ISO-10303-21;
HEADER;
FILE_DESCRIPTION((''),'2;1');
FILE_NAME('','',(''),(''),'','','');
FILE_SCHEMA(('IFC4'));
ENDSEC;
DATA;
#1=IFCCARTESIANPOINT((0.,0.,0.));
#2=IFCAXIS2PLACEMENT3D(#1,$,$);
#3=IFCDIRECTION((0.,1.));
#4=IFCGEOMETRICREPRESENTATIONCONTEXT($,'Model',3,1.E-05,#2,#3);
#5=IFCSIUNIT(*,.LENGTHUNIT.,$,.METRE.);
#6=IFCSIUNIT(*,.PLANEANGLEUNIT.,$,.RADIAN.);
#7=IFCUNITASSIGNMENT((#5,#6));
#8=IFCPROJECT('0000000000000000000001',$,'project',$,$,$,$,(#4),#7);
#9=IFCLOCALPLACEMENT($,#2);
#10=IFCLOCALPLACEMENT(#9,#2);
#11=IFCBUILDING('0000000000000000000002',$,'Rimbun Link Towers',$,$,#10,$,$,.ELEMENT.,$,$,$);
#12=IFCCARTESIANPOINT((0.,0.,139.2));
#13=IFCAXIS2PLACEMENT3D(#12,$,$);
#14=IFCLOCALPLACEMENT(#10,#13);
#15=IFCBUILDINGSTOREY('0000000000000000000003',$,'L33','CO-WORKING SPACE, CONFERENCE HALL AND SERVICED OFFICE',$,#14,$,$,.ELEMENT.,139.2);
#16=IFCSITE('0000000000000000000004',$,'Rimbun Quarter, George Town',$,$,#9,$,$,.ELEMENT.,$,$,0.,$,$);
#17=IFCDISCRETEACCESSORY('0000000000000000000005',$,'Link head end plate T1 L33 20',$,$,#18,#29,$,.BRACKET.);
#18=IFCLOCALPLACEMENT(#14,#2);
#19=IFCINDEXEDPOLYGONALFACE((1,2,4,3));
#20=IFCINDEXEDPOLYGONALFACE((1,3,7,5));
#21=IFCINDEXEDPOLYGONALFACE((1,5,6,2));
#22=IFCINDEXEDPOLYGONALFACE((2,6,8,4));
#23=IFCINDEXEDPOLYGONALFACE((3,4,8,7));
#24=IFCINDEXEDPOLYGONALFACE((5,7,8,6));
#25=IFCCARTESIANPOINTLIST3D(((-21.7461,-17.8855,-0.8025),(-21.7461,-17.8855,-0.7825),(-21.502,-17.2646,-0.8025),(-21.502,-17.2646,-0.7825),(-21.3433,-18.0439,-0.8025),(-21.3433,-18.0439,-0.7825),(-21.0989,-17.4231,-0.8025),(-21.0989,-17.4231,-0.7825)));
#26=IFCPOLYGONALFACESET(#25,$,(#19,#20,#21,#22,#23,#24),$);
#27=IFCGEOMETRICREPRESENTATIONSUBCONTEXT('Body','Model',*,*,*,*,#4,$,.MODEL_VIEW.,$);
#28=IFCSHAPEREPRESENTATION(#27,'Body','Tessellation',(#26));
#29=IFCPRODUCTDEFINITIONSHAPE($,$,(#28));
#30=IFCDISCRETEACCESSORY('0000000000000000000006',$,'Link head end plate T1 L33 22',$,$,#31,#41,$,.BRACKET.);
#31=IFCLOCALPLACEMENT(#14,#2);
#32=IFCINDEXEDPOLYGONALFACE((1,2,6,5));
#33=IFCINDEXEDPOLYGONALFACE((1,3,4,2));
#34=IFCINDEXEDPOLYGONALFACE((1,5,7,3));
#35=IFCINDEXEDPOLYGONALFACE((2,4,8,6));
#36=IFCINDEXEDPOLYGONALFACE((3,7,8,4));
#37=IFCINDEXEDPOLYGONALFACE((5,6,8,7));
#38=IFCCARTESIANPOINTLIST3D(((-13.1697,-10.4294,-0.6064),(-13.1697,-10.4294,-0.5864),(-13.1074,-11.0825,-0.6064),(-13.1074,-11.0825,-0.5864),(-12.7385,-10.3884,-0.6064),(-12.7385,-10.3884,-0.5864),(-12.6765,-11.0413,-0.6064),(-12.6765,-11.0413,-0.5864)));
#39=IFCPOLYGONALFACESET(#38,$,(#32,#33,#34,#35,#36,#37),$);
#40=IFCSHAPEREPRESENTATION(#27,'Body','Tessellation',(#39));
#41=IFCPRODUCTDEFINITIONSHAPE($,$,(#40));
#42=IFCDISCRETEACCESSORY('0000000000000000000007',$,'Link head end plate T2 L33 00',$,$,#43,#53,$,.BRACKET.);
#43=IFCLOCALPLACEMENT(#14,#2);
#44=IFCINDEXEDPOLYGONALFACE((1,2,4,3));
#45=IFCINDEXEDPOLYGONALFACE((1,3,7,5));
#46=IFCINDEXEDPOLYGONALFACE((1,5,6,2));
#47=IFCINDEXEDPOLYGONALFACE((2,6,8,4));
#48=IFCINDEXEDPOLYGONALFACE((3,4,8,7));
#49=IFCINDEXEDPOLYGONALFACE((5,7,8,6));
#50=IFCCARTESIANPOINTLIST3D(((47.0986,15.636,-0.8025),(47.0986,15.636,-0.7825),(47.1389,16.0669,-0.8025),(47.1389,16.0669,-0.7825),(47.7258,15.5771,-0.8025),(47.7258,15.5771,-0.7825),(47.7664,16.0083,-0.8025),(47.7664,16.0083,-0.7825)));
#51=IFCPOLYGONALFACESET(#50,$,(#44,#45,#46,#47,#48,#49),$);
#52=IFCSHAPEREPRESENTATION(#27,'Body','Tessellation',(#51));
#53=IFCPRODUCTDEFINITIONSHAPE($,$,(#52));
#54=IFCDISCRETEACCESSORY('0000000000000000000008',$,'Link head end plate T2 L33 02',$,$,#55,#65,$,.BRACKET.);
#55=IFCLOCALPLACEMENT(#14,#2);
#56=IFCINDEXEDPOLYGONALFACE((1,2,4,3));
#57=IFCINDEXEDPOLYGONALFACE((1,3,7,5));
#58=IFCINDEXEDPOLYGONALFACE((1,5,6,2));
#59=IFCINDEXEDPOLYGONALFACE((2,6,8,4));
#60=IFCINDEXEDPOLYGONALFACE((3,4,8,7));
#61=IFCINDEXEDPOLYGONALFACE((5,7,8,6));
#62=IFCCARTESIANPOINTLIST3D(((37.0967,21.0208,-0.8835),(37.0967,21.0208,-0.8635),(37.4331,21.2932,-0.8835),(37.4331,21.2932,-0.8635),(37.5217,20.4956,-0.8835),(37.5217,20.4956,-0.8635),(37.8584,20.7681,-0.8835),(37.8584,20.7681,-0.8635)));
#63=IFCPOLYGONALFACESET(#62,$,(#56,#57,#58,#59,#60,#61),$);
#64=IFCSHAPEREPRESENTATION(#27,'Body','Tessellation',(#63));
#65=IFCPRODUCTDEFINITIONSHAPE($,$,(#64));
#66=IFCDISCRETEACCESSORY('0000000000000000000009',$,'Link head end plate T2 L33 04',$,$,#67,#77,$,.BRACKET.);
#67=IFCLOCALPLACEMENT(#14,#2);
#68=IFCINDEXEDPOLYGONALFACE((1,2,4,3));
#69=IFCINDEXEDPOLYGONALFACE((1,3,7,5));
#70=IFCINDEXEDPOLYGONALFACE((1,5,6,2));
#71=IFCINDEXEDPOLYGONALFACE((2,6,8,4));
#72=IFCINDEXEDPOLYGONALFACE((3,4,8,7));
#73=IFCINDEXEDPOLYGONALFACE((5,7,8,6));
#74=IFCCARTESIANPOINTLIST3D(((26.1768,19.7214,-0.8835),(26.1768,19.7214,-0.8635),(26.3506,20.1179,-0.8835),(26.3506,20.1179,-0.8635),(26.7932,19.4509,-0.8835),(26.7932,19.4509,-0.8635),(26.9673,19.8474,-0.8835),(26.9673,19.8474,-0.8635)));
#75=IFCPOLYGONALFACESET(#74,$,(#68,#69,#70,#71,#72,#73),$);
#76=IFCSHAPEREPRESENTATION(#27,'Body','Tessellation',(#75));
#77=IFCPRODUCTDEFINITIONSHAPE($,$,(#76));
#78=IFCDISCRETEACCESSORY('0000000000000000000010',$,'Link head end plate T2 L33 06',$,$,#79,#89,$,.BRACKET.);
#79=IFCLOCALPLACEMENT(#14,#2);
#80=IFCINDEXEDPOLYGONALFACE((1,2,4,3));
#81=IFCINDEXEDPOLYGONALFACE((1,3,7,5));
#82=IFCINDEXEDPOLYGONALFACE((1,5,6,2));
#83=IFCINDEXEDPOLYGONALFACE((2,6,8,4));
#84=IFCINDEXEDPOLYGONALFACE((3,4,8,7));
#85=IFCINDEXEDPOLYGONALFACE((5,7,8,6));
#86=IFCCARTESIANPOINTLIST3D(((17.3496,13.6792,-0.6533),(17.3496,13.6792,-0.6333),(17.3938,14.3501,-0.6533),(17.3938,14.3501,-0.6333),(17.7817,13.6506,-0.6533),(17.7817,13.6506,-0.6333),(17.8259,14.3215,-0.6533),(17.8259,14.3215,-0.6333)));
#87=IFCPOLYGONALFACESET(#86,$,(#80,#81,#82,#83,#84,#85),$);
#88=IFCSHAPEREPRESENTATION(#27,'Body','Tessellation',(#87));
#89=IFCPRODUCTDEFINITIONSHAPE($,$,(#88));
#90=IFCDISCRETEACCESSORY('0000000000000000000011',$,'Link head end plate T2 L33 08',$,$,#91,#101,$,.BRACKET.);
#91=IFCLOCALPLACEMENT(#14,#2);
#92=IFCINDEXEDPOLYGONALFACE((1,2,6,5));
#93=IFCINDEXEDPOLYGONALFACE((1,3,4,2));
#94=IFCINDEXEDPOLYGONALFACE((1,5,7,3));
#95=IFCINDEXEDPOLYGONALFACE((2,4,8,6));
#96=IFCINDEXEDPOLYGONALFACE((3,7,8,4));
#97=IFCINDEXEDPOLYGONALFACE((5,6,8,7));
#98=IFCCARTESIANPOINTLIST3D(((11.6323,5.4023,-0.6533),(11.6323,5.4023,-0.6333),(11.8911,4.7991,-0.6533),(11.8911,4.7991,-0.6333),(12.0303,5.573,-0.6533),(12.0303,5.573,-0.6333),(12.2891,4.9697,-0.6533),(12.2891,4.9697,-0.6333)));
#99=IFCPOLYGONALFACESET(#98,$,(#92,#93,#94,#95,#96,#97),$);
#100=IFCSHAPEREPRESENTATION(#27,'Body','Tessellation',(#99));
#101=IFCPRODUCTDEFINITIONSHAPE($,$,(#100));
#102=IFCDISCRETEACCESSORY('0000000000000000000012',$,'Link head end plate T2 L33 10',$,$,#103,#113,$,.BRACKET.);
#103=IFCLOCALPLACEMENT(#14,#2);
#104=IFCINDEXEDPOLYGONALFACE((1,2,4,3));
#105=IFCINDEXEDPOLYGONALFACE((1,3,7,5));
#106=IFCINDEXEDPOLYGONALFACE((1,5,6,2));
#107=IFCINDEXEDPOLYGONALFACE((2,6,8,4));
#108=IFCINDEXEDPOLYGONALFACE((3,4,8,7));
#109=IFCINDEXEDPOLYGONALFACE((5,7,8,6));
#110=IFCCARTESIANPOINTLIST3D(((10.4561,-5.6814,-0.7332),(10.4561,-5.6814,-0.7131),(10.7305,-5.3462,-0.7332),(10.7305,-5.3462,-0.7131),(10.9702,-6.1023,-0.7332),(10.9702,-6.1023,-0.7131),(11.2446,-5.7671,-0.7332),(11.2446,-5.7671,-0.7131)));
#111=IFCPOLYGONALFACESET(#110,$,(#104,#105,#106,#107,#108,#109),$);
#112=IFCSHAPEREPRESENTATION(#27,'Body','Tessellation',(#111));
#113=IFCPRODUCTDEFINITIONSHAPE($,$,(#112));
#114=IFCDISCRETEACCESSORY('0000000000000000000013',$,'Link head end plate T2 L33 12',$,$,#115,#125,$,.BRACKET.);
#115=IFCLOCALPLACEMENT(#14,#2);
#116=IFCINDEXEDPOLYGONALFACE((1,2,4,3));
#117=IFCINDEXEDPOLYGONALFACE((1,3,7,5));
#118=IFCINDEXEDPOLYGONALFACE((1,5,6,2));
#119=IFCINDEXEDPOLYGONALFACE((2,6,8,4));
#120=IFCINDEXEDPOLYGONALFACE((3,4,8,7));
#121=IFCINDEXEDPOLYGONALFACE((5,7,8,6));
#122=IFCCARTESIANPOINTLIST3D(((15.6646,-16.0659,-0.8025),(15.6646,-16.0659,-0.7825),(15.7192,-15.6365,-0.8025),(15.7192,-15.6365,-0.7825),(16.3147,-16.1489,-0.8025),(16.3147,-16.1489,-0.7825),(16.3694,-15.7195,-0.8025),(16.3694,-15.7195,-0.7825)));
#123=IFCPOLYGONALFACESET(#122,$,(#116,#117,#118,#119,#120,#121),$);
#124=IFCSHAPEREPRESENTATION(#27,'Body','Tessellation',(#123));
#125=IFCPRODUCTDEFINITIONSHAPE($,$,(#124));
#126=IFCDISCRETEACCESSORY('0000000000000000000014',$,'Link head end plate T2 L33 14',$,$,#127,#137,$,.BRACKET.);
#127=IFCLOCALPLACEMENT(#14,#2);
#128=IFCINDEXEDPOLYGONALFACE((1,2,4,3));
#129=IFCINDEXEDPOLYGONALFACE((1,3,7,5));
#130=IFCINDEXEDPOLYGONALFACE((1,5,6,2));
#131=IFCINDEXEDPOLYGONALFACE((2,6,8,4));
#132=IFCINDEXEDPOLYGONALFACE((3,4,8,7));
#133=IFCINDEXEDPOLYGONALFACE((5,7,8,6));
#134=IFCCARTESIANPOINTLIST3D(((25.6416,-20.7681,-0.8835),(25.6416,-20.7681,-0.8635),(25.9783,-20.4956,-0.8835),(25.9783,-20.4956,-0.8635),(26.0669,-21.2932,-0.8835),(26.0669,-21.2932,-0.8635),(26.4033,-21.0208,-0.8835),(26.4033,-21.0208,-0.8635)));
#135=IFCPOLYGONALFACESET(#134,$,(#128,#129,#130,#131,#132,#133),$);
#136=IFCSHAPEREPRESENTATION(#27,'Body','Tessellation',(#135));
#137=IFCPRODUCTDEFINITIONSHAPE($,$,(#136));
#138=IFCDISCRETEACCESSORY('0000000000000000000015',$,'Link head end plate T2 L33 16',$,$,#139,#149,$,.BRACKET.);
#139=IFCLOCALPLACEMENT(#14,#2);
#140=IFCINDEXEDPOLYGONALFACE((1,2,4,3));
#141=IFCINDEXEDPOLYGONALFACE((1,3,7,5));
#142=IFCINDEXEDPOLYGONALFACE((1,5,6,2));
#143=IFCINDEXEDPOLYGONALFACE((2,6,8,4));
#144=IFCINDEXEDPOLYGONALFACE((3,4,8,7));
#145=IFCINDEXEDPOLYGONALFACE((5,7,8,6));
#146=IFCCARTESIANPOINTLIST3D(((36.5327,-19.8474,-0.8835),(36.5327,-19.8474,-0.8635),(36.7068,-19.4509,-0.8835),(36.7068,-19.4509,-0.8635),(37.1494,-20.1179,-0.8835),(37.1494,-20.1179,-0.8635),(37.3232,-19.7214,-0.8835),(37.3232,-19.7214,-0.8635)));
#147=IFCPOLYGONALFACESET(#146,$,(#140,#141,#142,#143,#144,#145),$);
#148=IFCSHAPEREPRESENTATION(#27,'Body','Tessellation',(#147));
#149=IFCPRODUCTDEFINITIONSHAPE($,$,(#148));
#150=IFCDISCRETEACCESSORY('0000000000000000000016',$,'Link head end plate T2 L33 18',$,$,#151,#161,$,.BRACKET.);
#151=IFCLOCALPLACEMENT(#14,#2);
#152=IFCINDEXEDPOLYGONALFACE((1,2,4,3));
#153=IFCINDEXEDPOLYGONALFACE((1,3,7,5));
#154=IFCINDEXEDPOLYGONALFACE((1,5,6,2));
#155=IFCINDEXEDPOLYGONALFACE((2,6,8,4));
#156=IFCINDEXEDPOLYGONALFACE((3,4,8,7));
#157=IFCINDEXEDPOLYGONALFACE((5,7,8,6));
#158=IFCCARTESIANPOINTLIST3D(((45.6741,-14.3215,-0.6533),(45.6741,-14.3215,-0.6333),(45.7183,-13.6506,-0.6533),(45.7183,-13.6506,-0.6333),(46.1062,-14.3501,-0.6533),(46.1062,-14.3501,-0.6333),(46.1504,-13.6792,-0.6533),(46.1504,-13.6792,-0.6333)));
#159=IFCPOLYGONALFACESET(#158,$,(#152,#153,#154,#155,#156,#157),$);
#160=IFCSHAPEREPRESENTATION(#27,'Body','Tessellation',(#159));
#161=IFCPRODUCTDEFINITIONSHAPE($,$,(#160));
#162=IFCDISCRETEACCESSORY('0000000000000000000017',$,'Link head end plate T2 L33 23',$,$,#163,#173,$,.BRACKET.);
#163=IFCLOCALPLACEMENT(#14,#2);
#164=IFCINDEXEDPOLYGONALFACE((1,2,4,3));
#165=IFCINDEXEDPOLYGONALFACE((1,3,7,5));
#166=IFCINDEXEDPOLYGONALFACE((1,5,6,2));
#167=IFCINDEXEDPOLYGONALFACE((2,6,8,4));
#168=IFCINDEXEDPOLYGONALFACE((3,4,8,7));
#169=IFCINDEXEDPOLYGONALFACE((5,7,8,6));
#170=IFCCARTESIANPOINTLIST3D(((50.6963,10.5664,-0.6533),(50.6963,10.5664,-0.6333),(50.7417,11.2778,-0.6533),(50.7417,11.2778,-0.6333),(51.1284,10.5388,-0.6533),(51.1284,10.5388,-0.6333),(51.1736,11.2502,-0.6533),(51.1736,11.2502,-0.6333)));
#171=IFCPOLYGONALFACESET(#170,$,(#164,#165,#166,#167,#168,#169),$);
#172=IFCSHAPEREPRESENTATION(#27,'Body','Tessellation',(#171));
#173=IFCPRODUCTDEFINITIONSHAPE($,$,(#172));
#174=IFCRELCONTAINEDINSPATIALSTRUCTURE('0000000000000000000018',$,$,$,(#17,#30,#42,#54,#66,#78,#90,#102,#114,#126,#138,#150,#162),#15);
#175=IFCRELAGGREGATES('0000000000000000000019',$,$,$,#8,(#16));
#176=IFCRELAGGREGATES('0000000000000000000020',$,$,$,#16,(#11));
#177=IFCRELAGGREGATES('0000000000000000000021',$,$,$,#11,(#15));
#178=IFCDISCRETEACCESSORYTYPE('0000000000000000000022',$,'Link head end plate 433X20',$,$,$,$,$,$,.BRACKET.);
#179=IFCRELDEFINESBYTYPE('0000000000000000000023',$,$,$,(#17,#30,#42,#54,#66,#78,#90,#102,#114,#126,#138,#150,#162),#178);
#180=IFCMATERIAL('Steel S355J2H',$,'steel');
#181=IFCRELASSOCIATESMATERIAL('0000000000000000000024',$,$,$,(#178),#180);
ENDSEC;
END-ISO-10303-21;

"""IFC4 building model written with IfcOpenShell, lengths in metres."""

from ifc_helpers import new_model, si_unit, direction, frame, origin, origin_2d, place, context, subcontext, project, spatial, polyline, rectangle, outline, extrude, material, material_profile, profile_set, type_object, element, save


model = new_model("IFC4")

# Units and contexts
model_context = context("Model", 3, precision=1e-05, world=origin(), true_north=direction((0.0, 1.0)))
body_context = subcontext(model_context, "Body", "Model", "MODEL_VIEW")
ifc_project = project(units=[si_unit("LENGTHUNIT", "METRE"), si_unit("PLANEANGLEUNIT", "RADIAN")], contexts=[model_context])

# Site, building, storey
site_placement = place(None, origin())
site = spatial("IfcSite", under=ifc_project, at=site_placement, Name="Rimbun Quarter, George Town", CompositionType="ELEMENT", RefElevation=0.0)
building_placement = place(site_placement, origin())
building = spatial("IfcBuilding", under=site, at=building_placement, Name="Rimbun Link Towers", CompositionType="ELEMENT")
storey_placement = place(building_placement, frame((0.0, 0.0, 139.2)))
storey = spatial("IfcBuildingStorey", under=building, at=storey_placement, Name="L33", Description="CO-WORKING SPACE, CONFERENCE HALL AND SERVICED OFFICE", CompositionType="ELEMENT", Elevation=139.2)

# Discrete accessories
ifc_material_1 = material(Name="Steel S355J2H", Category="steel")
ifc_material_profile_1 = material_profile(ifc_material_1, rectangle(XDim=0.4331, YDim=0.4331, at=origin_2d()), Name="PL 433x433")
ifc_profile_set_1 = profile_set([ifc_material_profile_1], Name="Steel S355J2H")
discrete_accessory_type = type_object("IfcDiscreteAccessoryType", Name="Link head end plate 433X20", PredefinedType="BRACKET", material=ifc_profile_set_1)
discrete_accessory_1_placement = place(storey_placement, frame((0.0, 0.0, -0.8025)))
element("IfcDiscreteAccessory", 1, at=discrete_accessory_1_placement, inside=storey, type_object=discrete_accessory_type, Name="Link head end plate T1 L33 20", PredefinedType="BRACKET", context=body_context, shape_type="SweptSolid", body=[
    extrude(outline(polyline([(-21.502, -17.2646), (-21.7461, -17.8855), (-21.3433, -18.0439), (-21.0989, -17.4231), (-21.502, -17.2646)])), origin(), (0.0, 0.0, 1.0), 0.02),
])
discrete_accessory_2_placement = place(storey_placement, frame((0.0, 0.0, -0.6064)))
element("IfcDiscreteAccessory", 2, at=discrete_accessory_2_placement, inside=storey, type_object=discrete_accessory_type, Name="Link head end plate T1 L33 22", PredefinedType="BRACKET", context=body_context, shape_type="SweptSolid", body=[
    extrude(outline(polyline([(-13.1697, -10.4294), (-13.1074, -11.0825), (-12.6765, -11.0413), (-12.7385, -10.3884), (-13.1697, -10.4294)])), origin(), (0.0, 0.0, 1.0), 0.02),
])
discrete_accessory_3_placement = place(storey_placement, frame((0.0, 0.0, -0.8025)))
element("IfcDiscreteAccessory", 3, at=discrete_accessory_3_placement, inside=storey, type_object=discrete_accessory_type, Name="Link head end plate T2 L33 00", PredefinedType="BRACKET", context=body_context, shape_type="SweptSolid", body=[
    extrude(outline(polyline([(47.0986, 15.636), (47.7258, 15.5771), (47.7664, 16.0083), (47.1389, 16.0669), (47.0986, 15.636)])), origin(), (0.0, 0.0, 1.0), 0.02),
])
discrete_accessory_4_placement = place(storey_placement, frame((0.0, 0.0, -0.8835)))
element("IfcDiscreteAccessory", 4, at=discrete_accessory_4_placement, inside=storey, type_object=discrete_accessory_type, Name="Link head end plate T2 L33 02", PredefinedType="BRACKET", context=body_context, shape_type="SweptSolid", body=[
    extrude(outline(polyline([(37.8584, 20.7681), (37.4331, 21.2932), (37.0967, 21.0208), (37.5217, 20.4956), (37.8584, 20.7681)])), origin(), (0.0, 0.0, 1.0), 0.02),
])
discrete_accessory_5_placement = place(storey_placement, frame((0.0, 0.0, -0.8835)))
element("IfcDiscreteAccessory", 5, at=discrete_accessory_5_placement, inside=storey, type_object=discrete_accessory_type, Name="Link head end plate T2 L33 04", PredefinedType="BRACKET", context=body_context, shape_type="SweptSolid", body=[
    extrude(outline(polyline([(26.9673, 19.8474), (26.3506, 20.1179), (26.1768, 19.7214), (26.7932, 19.4509), (26.9673, 19.8474)])), origin(), (0.0, 0.0, 1.0), 0.02),
])
discrete_accessory_6_placement = place(storey_placement, frame((0.0, 0.0, -0.6533)))
element("IfcDiscreteAccessory", 6, at=discrete_accessory_6_placement, inside=storey, type_object=discrete_accessory_type, Name="Link head end plate T2 L33 06", PredefinedType="BRACKET", context=body_context, shape_type="SweptSolid", body=[
    extrude(outline(polyline([(17.7817, 13.6506), (17.8259, 14.3215), (17.3938, 14.3501), (17.3496, 13.6792), (17.7817, 13.6506)])), origin(), (0.0, 0.0, 1.0), 0.02),
])
discrete_accessory_7_placement = place(storey_placement, frame((0.0, 0.0, -0.6533)))
element("IfcDiscreteAccessory", 7, at=discrete_accessory_7_placement, inside=storey, type_object=discrete_accessory_type, Name="Link head end plate T2 L33 08", PredefinedType="BRACKET", context=body_context, shape_type="SweptSolid", body=[
    extrude(outline(polyline([(12.2891, 4.9697), (12.0303, 5.573), (11.6323, 5.4023), (11.8911, 4.7991), (12.2891, 4.9697)])), origin(), (0.0, 0.0, 1.0), 0.02),
])
discrete_accessory_8_placement = place(storey_placement, frame((0.0, 0.0, -0.7332)))
element("IfcDiscreteAccessory", 8, at=discrete_accessory_8_placement, inside=storey, type_object=discrete_accessory_type, Name="Link head end plate T2 L33 10", PredefinedType="BRACKET", context=body_context, shape_type="SweptSolid", body=[
    extrude(outline(polyline([(11.2446, -5.7671), (10.7305, -5.3462), (10.4561, -5.6814), (10.9702, -6.1023), (11.2446, -5.7671)])), origin(), (0.0, 0.0, 1.0), 0.02),
])
discrete_accessory_9_placement = place(storey_placement, frame((0.0, 0.0, -0.8025)))
element("IfcDiscreteAccessory", 9, at=discrete_accessory_9_placement, inside=storey, type_object=discrete_accessory_type, Name="Link head end plate T2 L33 12", PredefinedType="BRACKET", context=body_context, shape_type="SweptSolid", body=[
    extrude(outline(polyline([(16.3694, -15.7195), (15.7192, -15.6365), (15.6646, -16.0659), (16.3147, -16.1489), (16.3694, -15.7195)])), origin(), (0.0, 0.0, 1.0), 0.02),
])
discrete_accessory_10_placement = place(storey_placement, frame((0.0, 0.0, -0.8835)))
element("IfcDiscreteAccessory", 10, at=discrete_accessory_10_placement, inside=storey, type_object=discrete_accessory_type, Name="Link head end plate T2 L33 14", PredefinedType="BRACKET", context=body_context, shape_type="SweptSolid", body=[
    extrude(outline(polyline([(25.6416, -20.7681), (26.0669, -21.2932), (26.4033, -21.0208), (25.9783, -20.4956), (25.6416, -20.7681)])), origin(), (0.0, 0.0, 1.0), 0.02),
])
discrete_accessory_11_placement = place(storey_placement, frame((0.0, 0.0, -0.8835)))
element("IfcDiscreteAccessory", 11, at=discrete_accessory_11_placement, inside=storey, type_object=discrete_accessory_type, Name="Link head end plate T2 L33 16", PredefinedType="BRACKET", context=body_context, shape_type="SweptSolid", body=[
    extrude(outline(polyline([(36.5327, -19.8474), (37.1494, -20.1179), (37.3232, -19.7214), (36.7068, -19.4509), (36.5327, -19.8474)])), origin(), (0.0, 0.0, 1.0), 0.02),
])
discrete_accessory_12_placement = place(storey_placement, frame((0.0, 0.0, -0.6533)))
element("IfcDiscreteAccessory", 12, at=discrete_accessory_12_placement, inside=storey, type_object=discrete_accessory_type, Name="Link head end plate T2 L33 18", PredefinedType="BRACKET", context=body_context, shape_type="SweptSolid", body=[
    extrude(outline(polyline([(45.7183, -13.6506), (45.6741, -14.3215), (46.1062, -14.3501), (46.1504, -13.6792), (45.7183, -13.6506)])), origin(), (0.0, 0.0, 1.0), 0.02),
])
discrete_accessory_13_placement = place(storey_placement, frame((0.0, 0.0, -0.6533)))
element("IfcDiscreteAccessory", 13, at=discrete_accessory_13_placement, inside=storey, type_object=discrete_accessory_type, Name="Link head end plate T2 L33 23", PredefinedType="BRACKET", context=body_context, shape_type="SweptSolid", body=[
    extrude(outline(polyline([(51.1284, 10.5388), (51.1736, 11.2502), (50.7417, 11.2778), (50.6963, 10.5664), (51.1284, 10.5388)])), origin(), (0.0, 0.0, 1.0), 0.02),
])

save(model, "model.ifc")
